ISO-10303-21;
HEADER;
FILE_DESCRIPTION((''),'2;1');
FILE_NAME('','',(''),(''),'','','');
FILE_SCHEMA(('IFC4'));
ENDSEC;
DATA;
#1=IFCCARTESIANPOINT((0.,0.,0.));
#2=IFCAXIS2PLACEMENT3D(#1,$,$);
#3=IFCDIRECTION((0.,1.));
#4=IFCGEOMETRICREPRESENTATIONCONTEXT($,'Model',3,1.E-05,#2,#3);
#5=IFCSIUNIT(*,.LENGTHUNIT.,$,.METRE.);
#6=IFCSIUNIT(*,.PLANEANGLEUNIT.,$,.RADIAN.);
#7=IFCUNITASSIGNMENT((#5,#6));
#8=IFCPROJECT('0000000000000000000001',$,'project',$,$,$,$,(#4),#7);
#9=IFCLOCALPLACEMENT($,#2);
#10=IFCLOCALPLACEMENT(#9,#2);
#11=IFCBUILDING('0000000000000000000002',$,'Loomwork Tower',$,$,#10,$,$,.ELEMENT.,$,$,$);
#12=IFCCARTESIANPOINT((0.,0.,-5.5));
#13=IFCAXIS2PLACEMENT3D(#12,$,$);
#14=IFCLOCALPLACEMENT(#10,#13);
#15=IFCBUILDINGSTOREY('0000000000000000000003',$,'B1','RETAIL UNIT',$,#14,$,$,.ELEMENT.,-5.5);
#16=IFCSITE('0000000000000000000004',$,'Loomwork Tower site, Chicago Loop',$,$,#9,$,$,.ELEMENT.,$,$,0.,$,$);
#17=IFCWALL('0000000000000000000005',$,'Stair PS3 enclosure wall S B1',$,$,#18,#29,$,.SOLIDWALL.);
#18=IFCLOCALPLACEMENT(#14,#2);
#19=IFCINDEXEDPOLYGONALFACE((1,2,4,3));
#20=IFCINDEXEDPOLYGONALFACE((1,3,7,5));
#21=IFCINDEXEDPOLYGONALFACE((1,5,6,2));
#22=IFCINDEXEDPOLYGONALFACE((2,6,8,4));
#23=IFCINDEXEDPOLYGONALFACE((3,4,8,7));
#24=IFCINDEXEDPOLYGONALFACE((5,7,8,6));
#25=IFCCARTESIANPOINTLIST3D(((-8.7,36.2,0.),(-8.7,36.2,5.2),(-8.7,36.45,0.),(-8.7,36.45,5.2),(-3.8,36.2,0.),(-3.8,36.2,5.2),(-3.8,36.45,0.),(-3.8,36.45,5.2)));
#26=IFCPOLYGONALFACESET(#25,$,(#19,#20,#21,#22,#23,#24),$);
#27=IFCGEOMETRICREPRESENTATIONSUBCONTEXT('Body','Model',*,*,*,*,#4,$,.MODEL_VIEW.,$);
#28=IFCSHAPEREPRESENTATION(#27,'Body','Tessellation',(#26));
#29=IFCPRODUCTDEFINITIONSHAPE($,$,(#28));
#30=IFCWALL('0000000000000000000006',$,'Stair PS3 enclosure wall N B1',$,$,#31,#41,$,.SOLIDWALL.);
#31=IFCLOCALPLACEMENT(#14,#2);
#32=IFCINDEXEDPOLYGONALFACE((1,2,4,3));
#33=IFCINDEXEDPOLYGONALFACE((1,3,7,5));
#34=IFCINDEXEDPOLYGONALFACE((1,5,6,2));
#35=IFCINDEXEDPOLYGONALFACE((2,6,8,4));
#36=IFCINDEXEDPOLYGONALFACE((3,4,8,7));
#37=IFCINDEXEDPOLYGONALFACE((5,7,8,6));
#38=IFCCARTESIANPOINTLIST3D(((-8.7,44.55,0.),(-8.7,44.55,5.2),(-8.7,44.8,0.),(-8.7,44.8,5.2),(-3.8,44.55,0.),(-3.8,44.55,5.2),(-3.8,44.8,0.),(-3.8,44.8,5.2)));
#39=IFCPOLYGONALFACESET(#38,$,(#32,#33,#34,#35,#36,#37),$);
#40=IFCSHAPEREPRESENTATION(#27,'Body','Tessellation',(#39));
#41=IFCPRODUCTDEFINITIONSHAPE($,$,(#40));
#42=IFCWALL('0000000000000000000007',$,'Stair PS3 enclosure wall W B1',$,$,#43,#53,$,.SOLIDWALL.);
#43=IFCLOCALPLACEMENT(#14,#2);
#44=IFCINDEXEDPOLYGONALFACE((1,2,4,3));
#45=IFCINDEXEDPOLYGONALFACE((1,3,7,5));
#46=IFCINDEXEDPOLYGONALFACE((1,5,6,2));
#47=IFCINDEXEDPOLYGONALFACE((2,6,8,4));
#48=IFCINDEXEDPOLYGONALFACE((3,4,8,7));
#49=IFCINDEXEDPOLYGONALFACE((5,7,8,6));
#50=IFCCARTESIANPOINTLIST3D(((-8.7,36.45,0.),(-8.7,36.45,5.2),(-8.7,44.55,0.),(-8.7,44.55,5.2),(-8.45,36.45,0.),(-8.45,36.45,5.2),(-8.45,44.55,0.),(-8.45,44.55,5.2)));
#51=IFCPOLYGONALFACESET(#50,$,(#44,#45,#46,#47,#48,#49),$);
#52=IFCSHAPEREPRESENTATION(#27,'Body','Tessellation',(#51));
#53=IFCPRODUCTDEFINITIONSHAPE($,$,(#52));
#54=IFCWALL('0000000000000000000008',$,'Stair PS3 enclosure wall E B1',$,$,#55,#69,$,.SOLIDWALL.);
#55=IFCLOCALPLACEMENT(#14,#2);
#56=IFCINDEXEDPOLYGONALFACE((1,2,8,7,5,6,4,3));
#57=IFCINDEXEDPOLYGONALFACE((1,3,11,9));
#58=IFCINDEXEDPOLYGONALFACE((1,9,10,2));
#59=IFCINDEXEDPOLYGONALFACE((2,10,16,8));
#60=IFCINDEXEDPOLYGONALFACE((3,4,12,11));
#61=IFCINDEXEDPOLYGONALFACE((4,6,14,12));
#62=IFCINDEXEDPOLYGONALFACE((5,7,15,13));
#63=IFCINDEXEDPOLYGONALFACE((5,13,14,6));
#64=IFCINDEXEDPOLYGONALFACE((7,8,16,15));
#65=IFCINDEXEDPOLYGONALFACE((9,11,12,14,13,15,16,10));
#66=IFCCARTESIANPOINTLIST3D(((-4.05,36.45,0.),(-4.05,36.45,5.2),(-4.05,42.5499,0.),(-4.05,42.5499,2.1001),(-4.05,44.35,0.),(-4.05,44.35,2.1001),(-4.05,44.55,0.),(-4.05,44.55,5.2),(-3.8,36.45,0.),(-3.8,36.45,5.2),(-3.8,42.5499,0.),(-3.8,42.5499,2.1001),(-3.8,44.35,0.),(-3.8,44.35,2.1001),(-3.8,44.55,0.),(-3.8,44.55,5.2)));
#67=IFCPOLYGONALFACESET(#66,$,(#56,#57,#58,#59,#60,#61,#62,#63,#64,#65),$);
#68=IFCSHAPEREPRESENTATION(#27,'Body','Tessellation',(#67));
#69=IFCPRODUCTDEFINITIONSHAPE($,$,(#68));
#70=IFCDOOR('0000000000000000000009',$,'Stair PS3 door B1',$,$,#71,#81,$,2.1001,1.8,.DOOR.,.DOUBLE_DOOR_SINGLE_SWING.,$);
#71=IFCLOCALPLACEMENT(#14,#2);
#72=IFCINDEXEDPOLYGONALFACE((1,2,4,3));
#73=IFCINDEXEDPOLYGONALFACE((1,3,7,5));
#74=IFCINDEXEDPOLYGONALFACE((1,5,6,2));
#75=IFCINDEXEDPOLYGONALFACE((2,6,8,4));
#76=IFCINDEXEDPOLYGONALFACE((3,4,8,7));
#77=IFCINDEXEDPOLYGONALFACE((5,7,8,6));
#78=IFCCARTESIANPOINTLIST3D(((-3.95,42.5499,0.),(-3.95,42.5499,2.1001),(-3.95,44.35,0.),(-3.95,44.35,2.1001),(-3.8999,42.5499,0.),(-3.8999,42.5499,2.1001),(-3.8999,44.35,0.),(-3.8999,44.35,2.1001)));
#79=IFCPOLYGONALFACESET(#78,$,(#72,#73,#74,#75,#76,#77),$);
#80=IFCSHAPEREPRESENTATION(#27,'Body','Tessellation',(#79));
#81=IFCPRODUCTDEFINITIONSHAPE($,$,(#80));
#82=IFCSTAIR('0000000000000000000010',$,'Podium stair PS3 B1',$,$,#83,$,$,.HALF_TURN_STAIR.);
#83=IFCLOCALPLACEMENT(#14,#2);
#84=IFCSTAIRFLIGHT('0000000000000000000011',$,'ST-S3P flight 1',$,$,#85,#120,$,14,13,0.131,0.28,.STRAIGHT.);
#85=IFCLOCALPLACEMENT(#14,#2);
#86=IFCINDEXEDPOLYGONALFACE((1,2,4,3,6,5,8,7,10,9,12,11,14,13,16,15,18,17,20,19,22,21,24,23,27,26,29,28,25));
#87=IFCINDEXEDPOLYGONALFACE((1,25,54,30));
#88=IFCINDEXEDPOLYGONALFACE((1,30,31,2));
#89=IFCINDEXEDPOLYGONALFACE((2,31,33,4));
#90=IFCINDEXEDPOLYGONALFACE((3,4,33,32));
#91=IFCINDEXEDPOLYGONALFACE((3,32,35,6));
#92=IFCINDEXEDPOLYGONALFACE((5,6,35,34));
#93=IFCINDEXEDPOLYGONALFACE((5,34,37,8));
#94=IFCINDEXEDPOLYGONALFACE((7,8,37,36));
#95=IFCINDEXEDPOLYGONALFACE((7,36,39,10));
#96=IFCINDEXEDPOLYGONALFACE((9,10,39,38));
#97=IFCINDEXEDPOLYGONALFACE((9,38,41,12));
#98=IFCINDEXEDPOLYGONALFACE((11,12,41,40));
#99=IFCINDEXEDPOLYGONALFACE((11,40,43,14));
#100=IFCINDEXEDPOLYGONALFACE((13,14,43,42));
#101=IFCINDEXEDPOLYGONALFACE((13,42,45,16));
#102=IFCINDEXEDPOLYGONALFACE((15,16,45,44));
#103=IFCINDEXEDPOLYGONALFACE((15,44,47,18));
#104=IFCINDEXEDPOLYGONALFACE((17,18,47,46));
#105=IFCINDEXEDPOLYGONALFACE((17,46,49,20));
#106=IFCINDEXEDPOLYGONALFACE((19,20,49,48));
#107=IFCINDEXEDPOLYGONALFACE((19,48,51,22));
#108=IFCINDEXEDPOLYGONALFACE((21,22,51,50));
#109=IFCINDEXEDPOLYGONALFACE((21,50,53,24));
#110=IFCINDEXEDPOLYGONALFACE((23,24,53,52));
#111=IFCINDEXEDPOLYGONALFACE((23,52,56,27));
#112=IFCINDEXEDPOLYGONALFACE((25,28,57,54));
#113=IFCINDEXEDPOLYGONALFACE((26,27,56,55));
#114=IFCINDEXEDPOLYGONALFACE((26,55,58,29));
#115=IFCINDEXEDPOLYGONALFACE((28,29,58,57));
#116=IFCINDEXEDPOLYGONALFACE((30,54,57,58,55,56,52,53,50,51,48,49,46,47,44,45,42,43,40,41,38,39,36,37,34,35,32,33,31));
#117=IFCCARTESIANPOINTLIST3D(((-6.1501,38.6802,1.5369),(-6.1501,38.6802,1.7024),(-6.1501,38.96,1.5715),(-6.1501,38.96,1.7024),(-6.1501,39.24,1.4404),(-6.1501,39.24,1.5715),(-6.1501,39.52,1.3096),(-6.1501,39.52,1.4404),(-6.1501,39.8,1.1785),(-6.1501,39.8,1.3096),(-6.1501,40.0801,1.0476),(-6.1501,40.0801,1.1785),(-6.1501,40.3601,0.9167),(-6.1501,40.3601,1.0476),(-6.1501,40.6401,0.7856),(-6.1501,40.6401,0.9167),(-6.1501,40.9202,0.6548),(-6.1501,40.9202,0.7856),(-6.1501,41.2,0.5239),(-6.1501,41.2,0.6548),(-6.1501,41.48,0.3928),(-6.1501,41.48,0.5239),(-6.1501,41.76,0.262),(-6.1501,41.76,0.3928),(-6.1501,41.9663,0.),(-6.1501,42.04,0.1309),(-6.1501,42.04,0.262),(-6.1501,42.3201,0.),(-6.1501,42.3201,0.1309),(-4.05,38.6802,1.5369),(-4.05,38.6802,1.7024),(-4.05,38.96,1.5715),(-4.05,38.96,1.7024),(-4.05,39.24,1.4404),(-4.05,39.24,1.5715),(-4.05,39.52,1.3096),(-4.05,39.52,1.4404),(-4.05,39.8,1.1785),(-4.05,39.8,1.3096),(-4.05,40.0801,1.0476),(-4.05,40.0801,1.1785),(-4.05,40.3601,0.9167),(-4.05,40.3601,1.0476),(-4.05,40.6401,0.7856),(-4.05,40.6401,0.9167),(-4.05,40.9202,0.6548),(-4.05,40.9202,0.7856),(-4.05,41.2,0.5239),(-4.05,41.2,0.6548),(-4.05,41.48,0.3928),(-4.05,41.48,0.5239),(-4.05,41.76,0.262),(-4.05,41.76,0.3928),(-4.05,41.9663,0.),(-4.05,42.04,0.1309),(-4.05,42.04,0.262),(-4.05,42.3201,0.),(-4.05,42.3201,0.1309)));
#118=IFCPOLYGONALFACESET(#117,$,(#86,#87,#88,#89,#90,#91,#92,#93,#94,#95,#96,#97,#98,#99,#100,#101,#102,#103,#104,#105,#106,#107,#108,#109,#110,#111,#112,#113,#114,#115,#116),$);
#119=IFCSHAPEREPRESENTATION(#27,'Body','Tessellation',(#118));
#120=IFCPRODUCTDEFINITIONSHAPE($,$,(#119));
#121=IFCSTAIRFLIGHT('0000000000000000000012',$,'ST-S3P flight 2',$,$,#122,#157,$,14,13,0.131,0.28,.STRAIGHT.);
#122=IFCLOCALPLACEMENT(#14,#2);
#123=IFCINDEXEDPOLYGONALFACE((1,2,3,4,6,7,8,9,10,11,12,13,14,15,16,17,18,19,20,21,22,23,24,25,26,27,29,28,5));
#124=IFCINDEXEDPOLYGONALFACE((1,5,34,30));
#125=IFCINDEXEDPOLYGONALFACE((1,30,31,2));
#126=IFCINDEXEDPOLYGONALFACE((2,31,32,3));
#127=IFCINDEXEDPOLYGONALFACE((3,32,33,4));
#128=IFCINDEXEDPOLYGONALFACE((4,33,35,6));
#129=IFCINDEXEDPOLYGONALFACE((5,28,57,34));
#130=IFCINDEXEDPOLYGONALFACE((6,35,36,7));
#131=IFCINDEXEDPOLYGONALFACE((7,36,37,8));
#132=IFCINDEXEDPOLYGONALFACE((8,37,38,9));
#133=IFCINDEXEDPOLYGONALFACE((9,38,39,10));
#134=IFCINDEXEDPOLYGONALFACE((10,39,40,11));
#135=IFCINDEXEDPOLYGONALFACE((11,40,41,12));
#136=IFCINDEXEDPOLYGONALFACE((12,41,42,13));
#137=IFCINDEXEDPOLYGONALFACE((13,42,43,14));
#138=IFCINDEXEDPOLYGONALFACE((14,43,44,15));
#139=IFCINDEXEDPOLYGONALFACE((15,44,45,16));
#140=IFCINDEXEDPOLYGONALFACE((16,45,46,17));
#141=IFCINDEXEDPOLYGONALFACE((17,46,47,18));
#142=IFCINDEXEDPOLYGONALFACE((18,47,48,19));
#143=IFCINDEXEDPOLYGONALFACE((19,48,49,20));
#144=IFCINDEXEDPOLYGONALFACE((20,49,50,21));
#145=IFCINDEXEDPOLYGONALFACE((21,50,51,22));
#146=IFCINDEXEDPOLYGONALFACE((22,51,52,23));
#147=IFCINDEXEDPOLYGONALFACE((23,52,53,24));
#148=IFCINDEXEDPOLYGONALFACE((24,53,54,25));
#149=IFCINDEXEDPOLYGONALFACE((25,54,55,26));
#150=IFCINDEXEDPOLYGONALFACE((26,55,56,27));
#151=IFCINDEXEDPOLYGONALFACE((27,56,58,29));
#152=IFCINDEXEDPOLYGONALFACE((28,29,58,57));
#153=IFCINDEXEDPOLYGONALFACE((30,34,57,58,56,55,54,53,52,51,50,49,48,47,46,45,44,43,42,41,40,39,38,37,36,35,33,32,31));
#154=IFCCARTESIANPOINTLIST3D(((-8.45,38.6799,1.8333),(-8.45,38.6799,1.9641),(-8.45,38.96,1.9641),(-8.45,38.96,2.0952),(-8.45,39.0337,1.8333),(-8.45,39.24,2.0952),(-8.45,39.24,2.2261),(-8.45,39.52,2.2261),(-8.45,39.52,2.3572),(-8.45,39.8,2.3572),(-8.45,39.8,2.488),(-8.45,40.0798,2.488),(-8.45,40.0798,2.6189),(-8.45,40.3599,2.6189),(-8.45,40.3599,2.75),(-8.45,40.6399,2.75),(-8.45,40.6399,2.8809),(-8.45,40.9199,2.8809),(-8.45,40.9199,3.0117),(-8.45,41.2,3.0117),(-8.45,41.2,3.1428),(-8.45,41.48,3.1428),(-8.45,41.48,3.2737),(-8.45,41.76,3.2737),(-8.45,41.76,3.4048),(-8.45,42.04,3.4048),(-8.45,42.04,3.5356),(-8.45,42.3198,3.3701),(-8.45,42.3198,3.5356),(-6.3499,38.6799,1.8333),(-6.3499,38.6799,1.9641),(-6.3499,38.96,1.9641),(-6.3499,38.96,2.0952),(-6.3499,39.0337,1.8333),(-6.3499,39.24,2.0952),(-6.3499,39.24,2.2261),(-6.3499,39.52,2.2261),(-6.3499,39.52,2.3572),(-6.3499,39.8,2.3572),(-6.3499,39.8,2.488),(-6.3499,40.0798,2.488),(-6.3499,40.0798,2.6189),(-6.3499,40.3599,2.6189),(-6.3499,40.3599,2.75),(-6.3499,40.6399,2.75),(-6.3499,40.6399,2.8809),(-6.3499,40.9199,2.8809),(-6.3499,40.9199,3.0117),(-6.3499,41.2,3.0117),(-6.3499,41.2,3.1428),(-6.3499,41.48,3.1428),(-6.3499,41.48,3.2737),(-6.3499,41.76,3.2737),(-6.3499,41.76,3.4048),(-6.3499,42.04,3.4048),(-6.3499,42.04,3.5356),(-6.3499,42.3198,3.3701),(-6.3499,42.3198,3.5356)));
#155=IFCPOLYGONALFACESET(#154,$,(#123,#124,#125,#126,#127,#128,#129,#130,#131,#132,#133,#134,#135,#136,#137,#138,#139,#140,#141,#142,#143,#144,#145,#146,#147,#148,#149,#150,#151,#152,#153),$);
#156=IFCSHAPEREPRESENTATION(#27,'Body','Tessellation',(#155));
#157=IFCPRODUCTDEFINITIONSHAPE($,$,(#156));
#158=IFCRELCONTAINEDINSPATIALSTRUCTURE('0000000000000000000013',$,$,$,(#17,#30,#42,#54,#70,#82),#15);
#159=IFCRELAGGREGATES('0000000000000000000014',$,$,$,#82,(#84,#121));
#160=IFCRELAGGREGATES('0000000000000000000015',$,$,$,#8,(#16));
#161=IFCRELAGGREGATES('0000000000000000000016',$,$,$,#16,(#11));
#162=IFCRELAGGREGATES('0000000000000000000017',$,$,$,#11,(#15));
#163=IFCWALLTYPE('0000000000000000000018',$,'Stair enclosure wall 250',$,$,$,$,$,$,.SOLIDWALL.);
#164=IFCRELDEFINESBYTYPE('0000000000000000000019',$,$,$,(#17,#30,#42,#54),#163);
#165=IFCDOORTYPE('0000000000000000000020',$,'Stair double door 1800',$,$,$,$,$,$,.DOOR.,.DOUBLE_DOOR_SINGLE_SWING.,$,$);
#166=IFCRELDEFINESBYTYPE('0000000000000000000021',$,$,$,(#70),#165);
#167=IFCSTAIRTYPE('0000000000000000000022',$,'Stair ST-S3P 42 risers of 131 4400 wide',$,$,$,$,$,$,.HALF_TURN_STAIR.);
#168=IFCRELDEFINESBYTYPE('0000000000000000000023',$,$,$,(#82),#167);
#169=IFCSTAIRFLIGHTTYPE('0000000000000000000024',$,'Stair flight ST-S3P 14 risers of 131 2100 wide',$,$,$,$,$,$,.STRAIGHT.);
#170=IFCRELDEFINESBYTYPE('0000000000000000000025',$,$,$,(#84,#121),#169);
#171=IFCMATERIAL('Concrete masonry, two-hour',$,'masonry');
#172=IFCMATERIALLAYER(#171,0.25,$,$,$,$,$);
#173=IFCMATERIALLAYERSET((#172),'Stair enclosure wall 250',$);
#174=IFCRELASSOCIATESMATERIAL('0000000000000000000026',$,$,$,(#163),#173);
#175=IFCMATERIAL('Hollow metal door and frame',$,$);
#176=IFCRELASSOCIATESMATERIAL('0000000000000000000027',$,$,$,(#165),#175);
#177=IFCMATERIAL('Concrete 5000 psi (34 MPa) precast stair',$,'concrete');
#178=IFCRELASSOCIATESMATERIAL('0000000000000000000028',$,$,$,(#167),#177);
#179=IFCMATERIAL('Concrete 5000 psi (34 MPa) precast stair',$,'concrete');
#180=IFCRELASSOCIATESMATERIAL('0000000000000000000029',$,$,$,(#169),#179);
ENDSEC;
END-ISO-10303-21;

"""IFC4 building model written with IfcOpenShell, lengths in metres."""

from ifc_helpers import new_model, si_unit, direction, frame, frame_2d, origin, place, context, subcontext, project, spatial, polyline, rectangle, outline, extrude, material, layer, layer_set, type_object, element, fill, aggregate, save


model = new_model("IFC4")

# Units and contexts
model_context = context("Model", 3, precision=1e-05, world=origin(), true_north=direction((0.0, 1.0)))
body_context = subcontext(model_context, "Body", "Model", "MODEL_VIEW")
ifc_project = project(units=[si_unit("LENGTHUNIT", "METRE"), si_unit("PLANEANGLEUNIT", "RADIAN")], contexts=[model_context])

# Site, building, storey
site_placement = place(None, origin())
site = spatial("IfcSite", under=ifc_project, at=site_placement, Name="Loomwork Tower site, Chicago Loop", CompositionType="ELEMENT", RefElevation=0.0)
building_placement = place(site_placement, origin())
building = spatial("IfcBuilding", under=site, at=building_placement, Name="Loomwork Tower", CompositionType="ELEMENT")
storey_placement = place(building_placement, frame((0.0, 0.0, -5.5)))
storey = spatial("IfcBuildingStorey", under=building, at=storey_placement, Name="B1", Description="RETAIL UNIT", CompositionType="ELEMENT", Elevation=-5.5)

# Walls
ifc_material_1 = material(Name="Concrete masonry, two-hour", Category="masonry")
ifc_layer_1 = layer(ifc_material_1, 0.25)
ifc_layer_set_1 = layer_set([ifc_layer_1], Name="Stair enclosure wall 250")
wall_type_1 = type_object("IfcWallType", Name="Stair enclosure wall 250", PredefinedType="SOLIDWALL", material=ifc_layer_set_1)
for number, where, z_axis, x_axis, name in (
    (1, (-8.7, 36.325, 0.0), (0.0, 0.0, 1.0), (1.0, 0.0, 0.0), "Stair PS3 enclosure wall S B1"),
    (2, (-8.7, 44.675, 0.0), (0.0, 0.0, 1.0), (1.0, 0.0, 0.0), "Stair PS3 enclosure wall N B1"),
):
    element("IfcWall", number, at=place(storey_placement, frame(where, z_axis=z_axis, x_axis=x_axis)), inside=storey, type_object=wall_type_1, Name=name, PredefinedType="SOLIDWALL", context=body_context, shape_type="SweptSolid", body=[
        extrude(rectangle(XDim=4.8999, YDim=0.25, at=frame_2d((2.45, 0.0))), origin(), (0.0, 0.0, 1.0), 5.2),
    ])
wall_1_placement = place(storey_placement, frame((-8.575, 36.45, 0.0), z_axis=(0.0, 0.0, 1.0), x_axis=(0.0, 1.0, 0.0)))
element("IfcWall", 3, at=wall_1_placement, inside=storey, type_object=wall_type_1, Name="Stair PS3 enclosure wall W B1", PredefinedType="SOLIDWALL", context=body_context, shape_type="SweptSolid", body=[
    extrude(rectangle(XDim=8.1001, YDim=0.25, at=frame_2d((4.05, 0.0))), origin(), (0.0, 0.0, 1.0), 5.2),
])

# Wall, opening, door
wall_2_placement = place(storey_placement, frame((-3.925, 36.45, 0.0), z_axis=(0.0, 0.0, 1.0), x_axis=(0.0, 1.0, 0.0)))
wall_2 = element("IfcWall", 4, at=wall_2_placement, inside=storey, type_object=wall_type_1, Name="Stair PS3 enclosure wall E B1", PredefinedType="SOLIDWALL", context=body_context, shape_type="SweptSolid", body=[
    extrude(rectangle(XDim=8.1001, YDim=0.25, at=frame_2d((4.05, 0.0))), origin(), (0.0, 0.0, 1.0), 5.2),
])
opening_placement = place(wall_2_placement, frame((6.1001, 0.0, 0.0)))
opening = element("IfcOpeningElement", 5, at=opening_placement, cuts=wall_2, PredefinedType="OPENING", context=body_context, shape_type="SweptSolid", body=[
    extrude(rectangle(XDim=1.8, YDim=2.1001, at=frame_2d((0.8999, 1.05))), frame((0.0, 0.135, 0.0), z_axis=(0.0, -1.0, 0.0), x_axis=(1.0, 0.0, 0.0)), (0.0, 0.0, 1.0), 0.27),
])
ifc_material_2 = material(Name="Hollow metal door and frame")
door_type = type_object("IfcDoorType", Name="Stair double door 1800", OperationType="DOUBLE_DOOR_SINGLE_SWING", PredefinedType="DOOR", material=ifc_material_2)
door_placement = place(opening_placement, origin())
door = element("IfcDoor", 6, at=door_placement, inside=storey, type_object=door_type, Name="Stair PS3 door B1", OperationType="DOUBLE_DOOR_SINGLE_SWING", OverallHeight=2.1001, OverallWidth=1.8, PredefinedType="DOOR", context=body_context, shape_type="SweptSolid", body=[
    extrude(rectangle(XDim=1.8, YDim=2.1001, at=frame_2d((0.8999, 1.05))), frame((0.0, 0.0249, 0.0), z_axis=(0.0, -1.0, 0.0), x_axis=(1.0, 0.0, 0.0)), (0.0, 0.0, 1.0), 0.05),
])
fill(opening, door)

# Stair, stair flights
ifc_material_3 = material(Name="Concrete 5000 psi (34 MPa) precast stair", Category="concrete")
stair_type = type_object("IfcStairType", Name="Stair ST-S3P 42 risers of 131 4400 wide", PredefinedType="HALF_TURN_STAIR", material=ifc_material_3)
stair_placement = place(storey_placement, origin())
stair = element("IfcStair", 7, at=stair_placement, inside=storey, type_object=stair_type, Name="Podium stair PS3 B1", PredefinedType="HALF_TURN_STAIR")
ifc_material_4 = material(Name="Concrete 5000 psi (34 MPa) precast stair", Category="concrete")
stair_flight_type = type_object("IfcStairFlightType", Name="Stair flight ST-S3P 14 risers of 131 2100 wide", PredefinedType="STRAIGHT", material=ifc_material_4)
stair_flight_1_placement = place(storey_placement, frame((-5.1001, 42.3201, 0.0), z_axis=(0.0, 0.0, 1.0), x_axis=(0.0, -1.0, 0.0)))
stair_flight_1 = element("IfcStairFlight", 8, at=stair_flight_1_placement, type_object=stair_flight_type, Name="ST-S3P flight 1", NumberOfRisers=14, NumberOfTreads=13, PredefinedType="STRAIGHT", RiserHeight=0.131, TreadLength=0.28, context=body_context, shape_type="SweptSolid", body=[
    extrude(outline(polyline([(0.0, 0.0), (0.0, 0.1309), (0.28, 0.1309), (0.28, 0.262), (0.5601, 0.262), (0.5601, 0.3928), (0.8401, 0.3928), (0.8401, 0.5239), (1.1201, 0.5239), (1.1201, 0.6548), (1.3999, 0.6548), (1.3999, 0.7856), (1.6799, 0.7856), (1.6799, 0.9167), (1.96, 0.9167), (1.96, 1.0476), (2.24, 1.0476), (2.24, 1.1785), (2.52, 1.1785), (2.52, 1.3096), (2.8, 1.3096), (2.8, 1.4404), (3.0801, 1.4404), (3.0801, 1.5715), (3.3601, 1.5715), (3.3601, 1.7024), (3.6399, 1.7024), (3.6399, 1.8333), (3.6399, 1.5369), (0.3538, 0.0), (0.0, 0.0)])), frame((0.0, 1.05, 0.0), z_axis=(0.0, -1.0, 0.0), x_axis=(1.0, 0.0, 0.0)), (0.0, 0.0, 1.0), 2.1001),
])
stair_flight_2_placement = place(storey_placement, frame((-7.3999, 38.6799, 1.8333), z_axis=(0.0, 0.0, 1.0), x_axis=(0.0, 1.0, 0.0)))
stair_flight_2 = element("IfcStairFlight", 9, at=stair_flight_2_placement, type_object=stair_flight_type, Name="ST-S3P flight 2", NumberOfRisers=14, NumberOfTreads=13, PredefinedType="STRAIGHT", RiserHeight=0.131, TreadLength=0.28, context=body_context, shape_type="SweptSolid", body=[
    extrude(outline(polyline([(0.0, 0.0), (0.0, 0.1309), (0.28, 0.1309), (0.28, 0.262), (0.5601, 0.262), (0.5601, 0.3928), (0.8401, 0.3928), (0.8401, 0.5239), (1.1201, 0.5239), (1.1201, 0.6548), (1.3999, 0.6548), (1.3999, 0.7856), (1.6799, 0.7856), (1.6799, 0.9167), (1.96, 0.9167), (1.96, 1.0476), (2.24, 1.0476), (2.24, 1.1785), (2.52, 1.1785), (2.52, 1.3096), (2.8, 1.3096), (2.8, 1.4404), (3.0801, 1.4404), (3.0801, 1.5715), (3.3601, 1.5715), (3.3601, 1.7024), (3.6399, 1.7024), (3.6399, 1.8333), (3.6399, 1.5369), (0.3538, 0.0), (0.0, 0.0)])), frame((0.0, 1.05, 0.0), z_axis=(0.0, -1.0, 0.0), x_axis=(1.0, 0.0, 0.0)), (0.0, 0.0, 1.0), 2.1001),
])
aggregate(stair, [stair_flight_1, stair_flight_2])

save(model, "model.ifc")
